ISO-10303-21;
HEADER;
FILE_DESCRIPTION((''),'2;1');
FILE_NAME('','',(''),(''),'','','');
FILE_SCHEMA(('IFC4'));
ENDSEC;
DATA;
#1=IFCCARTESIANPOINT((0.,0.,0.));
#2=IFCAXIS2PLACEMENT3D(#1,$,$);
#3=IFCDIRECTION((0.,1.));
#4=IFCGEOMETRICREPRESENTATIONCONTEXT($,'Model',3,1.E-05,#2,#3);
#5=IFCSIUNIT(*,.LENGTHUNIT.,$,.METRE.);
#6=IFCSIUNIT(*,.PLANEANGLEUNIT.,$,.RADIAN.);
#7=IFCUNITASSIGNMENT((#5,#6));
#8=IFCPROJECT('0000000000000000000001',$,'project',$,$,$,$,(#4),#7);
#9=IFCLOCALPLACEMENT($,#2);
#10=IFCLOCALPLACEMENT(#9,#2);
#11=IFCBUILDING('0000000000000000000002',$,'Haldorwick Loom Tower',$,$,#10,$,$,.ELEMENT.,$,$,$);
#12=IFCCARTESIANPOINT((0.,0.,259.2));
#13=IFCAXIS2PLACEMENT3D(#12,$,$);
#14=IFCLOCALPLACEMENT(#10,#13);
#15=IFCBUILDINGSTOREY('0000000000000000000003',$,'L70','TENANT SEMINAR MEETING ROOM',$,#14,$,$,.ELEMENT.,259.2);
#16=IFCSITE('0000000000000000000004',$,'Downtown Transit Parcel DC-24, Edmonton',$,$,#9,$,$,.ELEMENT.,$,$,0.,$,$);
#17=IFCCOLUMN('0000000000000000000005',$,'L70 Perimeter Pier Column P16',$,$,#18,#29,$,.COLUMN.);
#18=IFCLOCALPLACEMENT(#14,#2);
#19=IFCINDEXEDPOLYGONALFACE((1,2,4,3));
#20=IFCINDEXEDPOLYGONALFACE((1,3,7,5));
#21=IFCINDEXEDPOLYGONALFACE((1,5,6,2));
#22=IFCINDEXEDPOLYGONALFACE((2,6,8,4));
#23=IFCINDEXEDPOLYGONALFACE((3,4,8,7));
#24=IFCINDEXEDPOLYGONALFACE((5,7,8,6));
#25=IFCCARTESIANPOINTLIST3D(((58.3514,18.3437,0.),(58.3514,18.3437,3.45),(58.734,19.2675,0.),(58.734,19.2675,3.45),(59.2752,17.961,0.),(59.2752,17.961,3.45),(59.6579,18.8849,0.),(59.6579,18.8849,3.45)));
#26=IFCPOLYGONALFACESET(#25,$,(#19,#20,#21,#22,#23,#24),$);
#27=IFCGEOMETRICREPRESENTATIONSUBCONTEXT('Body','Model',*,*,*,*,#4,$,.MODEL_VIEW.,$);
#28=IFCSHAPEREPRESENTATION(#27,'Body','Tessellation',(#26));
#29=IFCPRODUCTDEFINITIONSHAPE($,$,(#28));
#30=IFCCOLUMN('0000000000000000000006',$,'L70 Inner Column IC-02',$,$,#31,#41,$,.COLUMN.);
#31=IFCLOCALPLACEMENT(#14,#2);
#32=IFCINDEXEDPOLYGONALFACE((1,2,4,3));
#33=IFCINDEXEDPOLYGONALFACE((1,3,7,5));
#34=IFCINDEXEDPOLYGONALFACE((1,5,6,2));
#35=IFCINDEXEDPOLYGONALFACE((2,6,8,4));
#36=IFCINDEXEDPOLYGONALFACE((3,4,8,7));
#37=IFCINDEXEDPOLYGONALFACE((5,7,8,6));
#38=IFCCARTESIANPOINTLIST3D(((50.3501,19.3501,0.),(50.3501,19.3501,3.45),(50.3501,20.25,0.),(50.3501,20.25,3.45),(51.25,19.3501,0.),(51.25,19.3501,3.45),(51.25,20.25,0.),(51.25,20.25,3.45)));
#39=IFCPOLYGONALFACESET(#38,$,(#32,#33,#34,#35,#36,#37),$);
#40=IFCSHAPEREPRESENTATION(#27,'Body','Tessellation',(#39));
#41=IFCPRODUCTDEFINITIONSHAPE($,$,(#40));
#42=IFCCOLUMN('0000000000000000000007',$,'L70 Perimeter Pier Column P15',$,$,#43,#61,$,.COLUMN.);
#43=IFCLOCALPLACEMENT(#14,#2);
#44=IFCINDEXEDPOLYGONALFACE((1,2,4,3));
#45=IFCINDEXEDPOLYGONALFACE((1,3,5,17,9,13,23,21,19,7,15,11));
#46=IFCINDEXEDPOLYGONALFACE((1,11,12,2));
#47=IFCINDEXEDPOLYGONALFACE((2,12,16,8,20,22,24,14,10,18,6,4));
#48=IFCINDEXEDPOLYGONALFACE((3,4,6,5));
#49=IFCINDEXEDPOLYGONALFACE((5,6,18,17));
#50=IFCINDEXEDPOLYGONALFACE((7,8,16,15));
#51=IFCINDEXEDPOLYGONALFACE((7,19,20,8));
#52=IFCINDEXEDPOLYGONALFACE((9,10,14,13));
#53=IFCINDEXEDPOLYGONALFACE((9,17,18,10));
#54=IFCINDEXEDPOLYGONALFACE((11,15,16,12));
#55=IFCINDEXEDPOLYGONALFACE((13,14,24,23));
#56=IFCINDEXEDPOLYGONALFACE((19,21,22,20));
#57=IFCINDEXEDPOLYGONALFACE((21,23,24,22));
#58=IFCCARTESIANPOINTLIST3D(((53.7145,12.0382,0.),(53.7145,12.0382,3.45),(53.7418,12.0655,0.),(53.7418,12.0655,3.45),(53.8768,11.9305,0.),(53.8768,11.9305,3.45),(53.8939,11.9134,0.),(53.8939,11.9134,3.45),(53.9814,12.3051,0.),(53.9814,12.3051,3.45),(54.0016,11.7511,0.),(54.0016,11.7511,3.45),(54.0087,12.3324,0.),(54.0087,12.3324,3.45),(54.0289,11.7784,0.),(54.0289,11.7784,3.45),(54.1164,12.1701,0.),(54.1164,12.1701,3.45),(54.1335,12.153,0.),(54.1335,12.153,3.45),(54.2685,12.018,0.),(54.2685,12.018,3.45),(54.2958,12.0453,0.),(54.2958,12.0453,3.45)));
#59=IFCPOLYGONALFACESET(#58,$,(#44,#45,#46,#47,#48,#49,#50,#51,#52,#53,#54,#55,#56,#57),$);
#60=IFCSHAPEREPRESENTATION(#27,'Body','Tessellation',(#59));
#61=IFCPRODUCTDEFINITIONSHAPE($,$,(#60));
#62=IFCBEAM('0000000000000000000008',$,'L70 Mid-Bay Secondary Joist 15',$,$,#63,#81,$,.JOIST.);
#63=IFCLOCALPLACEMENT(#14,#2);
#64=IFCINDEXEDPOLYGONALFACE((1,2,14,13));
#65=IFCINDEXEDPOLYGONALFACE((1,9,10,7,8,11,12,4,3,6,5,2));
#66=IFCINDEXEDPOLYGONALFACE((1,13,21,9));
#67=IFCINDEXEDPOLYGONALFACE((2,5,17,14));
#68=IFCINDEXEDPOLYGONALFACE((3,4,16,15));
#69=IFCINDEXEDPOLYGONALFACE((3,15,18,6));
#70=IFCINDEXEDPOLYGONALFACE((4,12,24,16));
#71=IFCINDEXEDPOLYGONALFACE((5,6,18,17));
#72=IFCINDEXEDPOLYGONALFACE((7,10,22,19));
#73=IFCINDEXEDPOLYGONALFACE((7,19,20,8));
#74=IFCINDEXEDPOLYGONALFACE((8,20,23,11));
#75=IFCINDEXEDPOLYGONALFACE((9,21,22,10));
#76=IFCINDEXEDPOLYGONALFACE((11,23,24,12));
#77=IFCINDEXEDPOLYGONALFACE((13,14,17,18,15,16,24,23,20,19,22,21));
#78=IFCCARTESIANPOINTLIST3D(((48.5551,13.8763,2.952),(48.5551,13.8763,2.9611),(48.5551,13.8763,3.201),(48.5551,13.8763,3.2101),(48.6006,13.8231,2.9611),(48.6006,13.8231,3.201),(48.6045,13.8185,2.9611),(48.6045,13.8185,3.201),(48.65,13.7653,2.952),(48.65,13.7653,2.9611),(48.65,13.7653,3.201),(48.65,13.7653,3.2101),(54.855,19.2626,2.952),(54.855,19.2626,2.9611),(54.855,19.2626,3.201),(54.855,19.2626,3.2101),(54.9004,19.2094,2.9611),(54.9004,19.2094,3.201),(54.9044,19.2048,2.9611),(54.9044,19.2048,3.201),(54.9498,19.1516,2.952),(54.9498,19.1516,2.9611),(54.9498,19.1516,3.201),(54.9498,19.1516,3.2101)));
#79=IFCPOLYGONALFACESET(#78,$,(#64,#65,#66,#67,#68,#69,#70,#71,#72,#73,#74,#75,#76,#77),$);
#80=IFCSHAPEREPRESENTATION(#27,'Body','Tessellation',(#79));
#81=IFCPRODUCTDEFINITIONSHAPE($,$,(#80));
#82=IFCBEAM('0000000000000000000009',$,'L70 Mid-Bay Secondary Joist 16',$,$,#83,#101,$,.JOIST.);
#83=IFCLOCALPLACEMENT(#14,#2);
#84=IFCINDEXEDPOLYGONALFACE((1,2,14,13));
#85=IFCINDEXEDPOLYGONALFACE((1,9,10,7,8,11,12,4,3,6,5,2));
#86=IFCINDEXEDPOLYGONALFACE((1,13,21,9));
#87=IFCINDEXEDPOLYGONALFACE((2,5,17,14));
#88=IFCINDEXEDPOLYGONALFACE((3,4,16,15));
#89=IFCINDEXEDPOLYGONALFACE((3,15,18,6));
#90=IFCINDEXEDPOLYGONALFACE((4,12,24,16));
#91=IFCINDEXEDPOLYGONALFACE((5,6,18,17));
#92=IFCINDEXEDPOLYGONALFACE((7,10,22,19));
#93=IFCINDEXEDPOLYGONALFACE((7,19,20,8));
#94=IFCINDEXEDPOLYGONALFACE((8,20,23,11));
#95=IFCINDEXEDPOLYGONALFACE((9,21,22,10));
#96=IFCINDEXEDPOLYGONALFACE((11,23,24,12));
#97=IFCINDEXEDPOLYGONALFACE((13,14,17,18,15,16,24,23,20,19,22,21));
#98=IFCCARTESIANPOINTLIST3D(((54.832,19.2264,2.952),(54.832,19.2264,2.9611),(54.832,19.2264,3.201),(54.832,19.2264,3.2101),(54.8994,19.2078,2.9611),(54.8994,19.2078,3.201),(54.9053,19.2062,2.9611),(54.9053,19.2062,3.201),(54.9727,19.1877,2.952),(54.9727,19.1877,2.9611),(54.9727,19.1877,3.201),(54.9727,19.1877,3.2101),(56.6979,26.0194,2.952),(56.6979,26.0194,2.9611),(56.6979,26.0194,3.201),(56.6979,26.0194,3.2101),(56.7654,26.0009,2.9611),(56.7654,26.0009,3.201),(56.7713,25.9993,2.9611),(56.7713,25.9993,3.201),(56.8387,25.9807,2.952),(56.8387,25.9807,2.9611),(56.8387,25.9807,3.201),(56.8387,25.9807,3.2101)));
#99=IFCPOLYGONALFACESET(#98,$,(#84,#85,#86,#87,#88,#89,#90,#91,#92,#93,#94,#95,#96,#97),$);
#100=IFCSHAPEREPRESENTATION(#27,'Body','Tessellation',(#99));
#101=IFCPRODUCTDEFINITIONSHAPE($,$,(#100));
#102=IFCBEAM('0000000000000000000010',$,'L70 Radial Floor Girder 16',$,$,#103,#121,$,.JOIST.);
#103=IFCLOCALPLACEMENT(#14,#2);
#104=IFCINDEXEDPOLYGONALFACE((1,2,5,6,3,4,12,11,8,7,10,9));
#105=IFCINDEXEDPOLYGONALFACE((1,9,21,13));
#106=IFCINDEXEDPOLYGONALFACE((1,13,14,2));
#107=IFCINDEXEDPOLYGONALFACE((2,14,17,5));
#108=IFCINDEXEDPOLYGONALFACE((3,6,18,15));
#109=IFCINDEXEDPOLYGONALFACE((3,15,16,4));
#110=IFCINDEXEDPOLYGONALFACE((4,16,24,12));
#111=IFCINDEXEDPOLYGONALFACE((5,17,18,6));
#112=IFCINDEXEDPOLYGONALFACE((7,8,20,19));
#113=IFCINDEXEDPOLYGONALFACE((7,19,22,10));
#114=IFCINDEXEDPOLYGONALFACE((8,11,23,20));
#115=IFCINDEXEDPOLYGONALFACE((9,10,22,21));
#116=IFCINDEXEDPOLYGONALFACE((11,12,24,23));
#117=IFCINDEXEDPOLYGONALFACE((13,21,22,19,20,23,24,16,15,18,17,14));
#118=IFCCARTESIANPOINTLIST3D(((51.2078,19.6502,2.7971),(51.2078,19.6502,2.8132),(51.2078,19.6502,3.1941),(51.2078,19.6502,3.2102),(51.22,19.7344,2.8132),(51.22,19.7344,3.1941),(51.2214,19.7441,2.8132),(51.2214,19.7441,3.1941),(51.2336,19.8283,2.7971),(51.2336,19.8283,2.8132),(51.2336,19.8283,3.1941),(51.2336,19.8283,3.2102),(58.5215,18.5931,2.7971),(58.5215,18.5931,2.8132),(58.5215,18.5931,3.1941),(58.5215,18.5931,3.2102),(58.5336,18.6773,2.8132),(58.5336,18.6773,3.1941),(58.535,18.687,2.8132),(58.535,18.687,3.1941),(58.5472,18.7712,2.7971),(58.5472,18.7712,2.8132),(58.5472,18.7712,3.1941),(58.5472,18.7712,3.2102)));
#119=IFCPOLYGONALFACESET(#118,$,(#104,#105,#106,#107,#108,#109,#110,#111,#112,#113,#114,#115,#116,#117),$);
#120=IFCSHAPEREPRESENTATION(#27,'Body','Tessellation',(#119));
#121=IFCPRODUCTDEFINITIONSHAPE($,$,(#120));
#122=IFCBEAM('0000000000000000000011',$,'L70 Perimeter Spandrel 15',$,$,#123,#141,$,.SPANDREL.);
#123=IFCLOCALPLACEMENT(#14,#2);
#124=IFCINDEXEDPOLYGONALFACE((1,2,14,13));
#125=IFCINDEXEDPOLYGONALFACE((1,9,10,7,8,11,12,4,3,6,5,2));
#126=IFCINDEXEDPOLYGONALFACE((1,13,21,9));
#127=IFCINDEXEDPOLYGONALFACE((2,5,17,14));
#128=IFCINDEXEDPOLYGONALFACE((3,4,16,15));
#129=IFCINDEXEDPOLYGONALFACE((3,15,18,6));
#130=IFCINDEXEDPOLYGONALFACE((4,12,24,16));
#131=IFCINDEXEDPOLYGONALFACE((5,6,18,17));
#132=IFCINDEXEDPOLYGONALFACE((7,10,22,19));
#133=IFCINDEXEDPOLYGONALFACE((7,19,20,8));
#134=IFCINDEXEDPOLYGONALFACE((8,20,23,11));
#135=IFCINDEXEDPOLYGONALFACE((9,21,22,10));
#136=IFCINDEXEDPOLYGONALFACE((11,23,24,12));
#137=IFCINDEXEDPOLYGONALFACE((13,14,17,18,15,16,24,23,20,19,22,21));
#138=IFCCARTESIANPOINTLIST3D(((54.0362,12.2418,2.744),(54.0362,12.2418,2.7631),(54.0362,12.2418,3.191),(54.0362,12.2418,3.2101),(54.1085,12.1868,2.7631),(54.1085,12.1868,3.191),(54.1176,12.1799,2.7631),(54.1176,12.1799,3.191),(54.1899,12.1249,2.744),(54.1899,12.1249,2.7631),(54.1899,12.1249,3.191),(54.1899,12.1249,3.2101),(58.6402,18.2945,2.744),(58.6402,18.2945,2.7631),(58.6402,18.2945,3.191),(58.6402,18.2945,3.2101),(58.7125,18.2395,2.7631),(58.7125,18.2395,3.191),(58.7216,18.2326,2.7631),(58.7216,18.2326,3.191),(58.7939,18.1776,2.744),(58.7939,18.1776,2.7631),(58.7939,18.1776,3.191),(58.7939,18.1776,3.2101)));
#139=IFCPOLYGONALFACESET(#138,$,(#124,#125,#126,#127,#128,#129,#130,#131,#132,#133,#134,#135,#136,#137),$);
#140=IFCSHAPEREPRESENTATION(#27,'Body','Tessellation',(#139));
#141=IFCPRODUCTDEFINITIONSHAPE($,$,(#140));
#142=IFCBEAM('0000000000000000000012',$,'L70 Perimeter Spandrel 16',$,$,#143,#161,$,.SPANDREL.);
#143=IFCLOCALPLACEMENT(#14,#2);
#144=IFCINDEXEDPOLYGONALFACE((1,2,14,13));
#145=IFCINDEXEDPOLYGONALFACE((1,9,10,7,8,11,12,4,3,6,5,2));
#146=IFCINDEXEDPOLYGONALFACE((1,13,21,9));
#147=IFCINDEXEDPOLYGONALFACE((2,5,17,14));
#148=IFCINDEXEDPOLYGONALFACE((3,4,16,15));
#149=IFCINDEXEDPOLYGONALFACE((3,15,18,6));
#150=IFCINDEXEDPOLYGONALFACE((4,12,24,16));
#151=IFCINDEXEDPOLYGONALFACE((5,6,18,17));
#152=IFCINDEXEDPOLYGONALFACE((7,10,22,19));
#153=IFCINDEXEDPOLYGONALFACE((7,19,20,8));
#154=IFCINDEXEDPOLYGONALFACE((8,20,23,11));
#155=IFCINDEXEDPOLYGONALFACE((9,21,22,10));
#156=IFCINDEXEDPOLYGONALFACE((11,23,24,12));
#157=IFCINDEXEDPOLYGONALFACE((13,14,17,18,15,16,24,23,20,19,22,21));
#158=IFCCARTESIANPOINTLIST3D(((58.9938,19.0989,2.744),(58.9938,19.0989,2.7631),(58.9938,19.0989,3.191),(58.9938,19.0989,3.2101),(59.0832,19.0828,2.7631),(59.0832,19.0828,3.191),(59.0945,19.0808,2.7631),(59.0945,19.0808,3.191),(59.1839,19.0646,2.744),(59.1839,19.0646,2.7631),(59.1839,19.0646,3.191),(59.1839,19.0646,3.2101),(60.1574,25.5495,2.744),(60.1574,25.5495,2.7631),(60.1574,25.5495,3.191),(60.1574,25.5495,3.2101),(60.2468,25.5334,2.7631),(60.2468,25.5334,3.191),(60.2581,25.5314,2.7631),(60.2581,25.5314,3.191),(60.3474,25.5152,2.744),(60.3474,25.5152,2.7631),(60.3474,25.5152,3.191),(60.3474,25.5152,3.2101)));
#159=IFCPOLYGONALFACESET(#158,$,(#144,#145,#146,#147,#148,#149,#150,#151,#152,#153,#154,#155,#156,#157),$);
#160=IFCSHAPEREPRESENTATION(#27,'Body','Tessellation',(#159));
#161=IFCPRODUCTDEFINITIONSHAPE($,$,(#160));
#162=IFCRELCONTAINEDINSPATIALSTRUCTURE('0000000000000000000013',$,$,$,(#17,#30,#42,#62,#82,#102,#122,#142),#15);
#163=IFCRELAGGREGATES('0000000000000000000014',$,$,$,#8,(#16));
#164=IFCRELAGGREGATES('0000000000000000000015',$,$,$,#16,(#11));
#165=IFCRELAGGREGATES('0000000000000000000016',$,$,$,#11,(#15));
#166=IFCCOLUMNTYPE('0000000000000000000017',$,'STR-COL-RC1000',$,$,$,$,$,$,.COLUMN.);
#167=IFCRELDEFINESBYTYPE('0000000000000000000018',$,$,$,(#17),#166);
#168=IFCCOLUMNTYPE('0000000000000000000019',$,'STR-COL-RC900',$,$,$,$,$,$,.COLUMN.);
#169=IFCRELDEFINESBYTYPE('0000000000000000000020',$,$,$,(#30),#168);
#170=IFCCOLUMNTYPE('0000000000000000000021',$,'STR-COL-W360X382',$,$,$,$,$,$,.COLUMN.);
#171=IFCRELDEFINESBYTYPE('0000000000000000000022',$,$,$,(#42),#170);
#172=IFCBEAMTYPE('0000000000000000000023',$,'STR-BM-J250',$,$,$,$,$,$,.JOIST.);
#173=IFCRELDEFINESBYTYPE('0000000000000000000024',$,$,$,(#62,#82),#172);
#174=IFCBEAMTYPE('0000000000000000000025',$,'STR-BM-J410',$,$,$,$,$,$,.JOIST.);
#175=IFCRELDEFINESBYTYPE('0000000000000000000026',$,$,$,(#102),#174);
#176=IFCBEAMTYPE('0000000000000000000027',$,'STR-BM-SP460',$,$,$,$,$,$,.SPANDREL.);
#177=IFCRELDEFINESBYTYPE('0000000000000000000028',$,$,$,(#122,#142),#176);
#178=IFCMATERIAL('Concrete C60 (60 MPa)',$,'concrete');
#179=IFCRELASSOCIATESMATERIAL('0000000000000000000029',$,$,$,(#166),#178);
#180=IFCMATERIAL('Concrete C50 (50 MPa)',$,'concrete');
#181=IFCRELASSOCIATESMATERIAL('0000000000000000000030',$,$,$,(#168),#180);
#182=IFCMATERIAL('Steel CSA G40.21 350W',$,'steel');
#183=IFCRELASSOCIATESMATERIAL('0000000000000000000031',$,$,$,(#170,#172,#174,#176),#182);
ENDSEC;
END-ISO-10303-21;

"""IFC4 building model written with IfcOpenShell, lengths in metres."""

from ifc_helpers import new_model, si_unit, direction, frame, origin, origin_2d, place, context, subcontext, project, spatial, rectangle, i_section, extrude, material, material_profile, profile_set, type_object, element, save


model = new_model("IFC4")

# Units and contexts
model_context = context("Model", 3, precision=1e-05, world=origin(), true_north=direction((0.0, 1.0)))
body_context = subcontext(model_context, "Body", "Model", "MODEL_VIEW")
ifc_project = project(units=[si_unit("LENGTHUNIT", "METRE"), si_unit("PLANEANGLEUNIT", "RADIAN")], contexts=[model_context])

# Site, building, storey
site_placement = place(None, origin())
site = spatial("IfcSite", under=ifc_project, at=site_placement, Name="Downtown Transit Parcel DC-24, Edmonton", CompositionType="ELEMENT", RefElevation=0.0)
building_placement = place(site_placement, origin())
building = spatial("IfcBuilding", under=site, at=building_placement, Name="Haldorwick Loom Tower", CompositionType="ELEMENT")
storey_placement = place(building_placement, frame((0.0, 0.0, 259.2)))
storey = spatial("IfcBuildingStorey", under=building, at=storey_placement, Name="L70", Description="TENANT SEMINAR MEETING ROOM", CompositionType="ELEMENT", Elevation=259.2)

# Columns
ifc_material_1 = material(Name="Concrete C60 (60 MPa)", Category="concrete")
ifc_material_profile_1 = material_profile(ifc_material_1, rectangle(XDim=1.0, YDim=1.0, at=origin_2d()), Name="RC1000X1000", Category="concrete")
ifc_profile_set_1 = profile_set([ifc_material_profile_1], Name="Concrete C60 (60 MPa)")
column_type_1 = type_object("IfcColumnType", Name="STR-COL-RC1000", PredefinedType="COLUMN", material=ifc_profile_set_1)
column_1_placement = place(storey_placement, frame((59.0046, 18.6143, 0.0), z_axis=(0.0, 0.0, 1.0), x_axis=(0.92388, -0.382683, 0.0)))
element("IfcColumn", 1, at=column_1_placement, inside=storey, type_object=column_type_1, Name="L70 Perimeter Pier Column P16", PredefinedType="COLUMN", context=body_context, shape_type="SweptSolid", body=[
    extrude(rectangle(XDim=1.0, YDim=1.0, at=origin_2d()), origin(), (0.0, 0.0, 1.0), 3.45),
])
ifc_material_2 = material(Name="Concrete C50 (50 MPa)", Category="concrete")
ifc_material_profile_2 = material_profile(ifc_material_2, rectangle(XDim=0.8999, YDim=0.8999, at=origin_2d()), Name="RC900X900", Category="concrete")
ifc_profile_set_2 = profile_set([ifc_material_profile_2], Name="Concrete C50 (50 MPa)")
column_type_2 = type_object("IfcColumnType", Name="STR-COL-RC900", PredefinedType="COLUMN", material=ifc_profile_set_2)
column_2_placement = place(storey_placement, frame((50.8, 19.8, 0.0), z_axis=(0.0, 0.0, 1.0), x_axis=(1.0, 0.0, 0.0)))
element("IfcColumn", 2, at=column_2_placement, inside=storey, type_object=column_type_2, Name="L70 Inner Column IC-02", PredefinedType="COLUMN", context=body_context, shape_type="SweptSolid", body=[
    extrude(rectangle(XDim=0.8999, YDim=0.8999, at=origin_2d()), origin(), (0.0, 0.0, 1.0), 3.45),
])
ifc_material_3 = material(Name="Steel CSA G40.21 350W", Category="steel")
ifc_material_profile_3 = material_profile(ifc_material_3, i_section(OverallWidth=0.406, OverallDepth=0.416, WebThickness=0.0242, FlangeThickness=0.0386, at=origin_2d()), Name="W360X382", Category="steel")
ifc_profile_set_3 = profile_set([ifc_material_profile_3], Name="Steel CSA G40.21 350W")
column_type_3 = type_object("IfcColumnType", Name="STR-COL-W360X382", PredefinedType="COLUMN", material=ifc_profile_set_3)
column_3_placement = place(storey_placement, frame((54.0051, 12.0417, 0.0), z_axis=(0.0, 0.0, 1.0), x_axis=(0.707107, -0.707107, 0.0)))
element("IfcColumn", 3, at=column_3_placement, inside=storey, type_object=column_type_3, Name="L70 Perimeter Pier Column P15", PredefinedType="COLUMN", context=body_context, shape_type="SweptSolid", body=[
    extrude(i_section(OverallWidth=0.406, OverallDepth=0.416, WebThickness=0.0242, FlangeThickness=0.0386, at=origin_2d()), origin(), (0.0, 0.0, 1.0), 3.45),
])

# Beams
ifc_material_profile_4 = material_profile(ifc_material_3, i_section(OverallWidth=0.146, OverallDepth=0.2581, WebThickness=0.0061, FlangeThickness=0.009, at=origin_2d()), Name="W250X33", Category="steel")
ifc_profile_set_4 = profile_set([ifc_material_profile_4], Name="Steel CSA G40.21 350W")
beam_type_1 = type_object("IfcBeamType", Name="STR-BM-J250", PredefinedType="JOIST", material=ifc_profile_set_4)
beam_1_placement = place(storey_placement, frame((48.6025, 13.8208, 3.0811), z_axis=(0.760067, 0.649845, 0.0), x_axis=(-0.649845, 0.760067, 0.0)))
element("IfcBeam", 4, at=beam_1_placement, inside=storey, type_object=beam_type_1, Name="L70 Mid-Bay Secondary Joist 15", PredefinedType="JOIST", context=body_context, shape_type="SweptSolid", body=[
    extrude(i_section(OverallWidth=0.146, OverallDepth=0.2581, WebThickness=0.0061, FlangeThickness=0.009, at=origin_2d()), origin(), (0.0, 0.0, 1.0), 8.2886),
])
beam_2_placement = place(storey_placement, frame((54.9023, 19.207, 3.0811), z_axis=(0.264879, 0.964282, 0.0), x_axis=(-0.964282, 0.264879, 0.0)))
element("IfcBeam", 5, at=beam_2_placement, inside=storey, type_object=beam_type_1, Name="L70 Mid-Bay Secondary Joist 16", PredefinedType="JOIST", context=body_context, shape_type="SweptSolid", body=[
    extrude(i_section(OverallWidth=0.146, OverallDepth=0.2581, WebThickness=0.0061, FlangeThickness=0.009, at=origin_2d()), origin(), (0.0, 0.0, 1.0), 7.0447),
])
ifc_material_profile_5 = material_profile(ifc_material_3, i_section(OverallWidth=0.1799, OverallDepth=0.4131, WebThickness=0.0098, FlangeThickness=0.0161, at=origin_2d()), Name="W410X74", Category="steel")
ifc_profile_set_5 = profile_set([ifc_material_profile_5], Name="Steel CSA G40.21 350W")
beam_type_2 = type_object("IfcBeamType", Name="STR-BM-J410", PredefinedType="JOIST", material=ifc_profile_set_5)
beam_3_placement = place(storey_placement, frame((51.2207, 19.7393, 3.0037), z_axis=(0.989715, -0.143054, 0.0), x_axis=(0.143054, 0.989715, 0.0)))
element("IfcBeam", 6, at=beam_3_placement, inside=storey, type_object=beam_type_2, Name="L70 Radial Floor Girder 16", PredefinedType="JOIST", context=body_context, shape_type="SweptSolid", body=[
    extrude(i_section(OverallWidth=0.1799, OverallDepth=0.4131, WebThickness=0.0098, FlangeThickness=0.0161, at=origin_2d()), origin(), (0.0, 0.0, 1.0), 7.3896),
])
ifc_material_profile_6 = material_profile(ifc_material_3, i_section(OverallWidth=0.1931, OverallDepth=0.4661, WebThickness=0.0115, FlangeThickness=0.019, at=origin_2d()), Name="W460X97", Category="steel")
ifc_profile_set_6 = profile_set([ifc_material_profile_6], Name="Steel CSA G40.21 350W")
beam_type_3 = type_object("IfcBeamType", Name="STR-BM-SP460", PredefinedType="SPANDREL", material=ifc_profile_set_6)
beam_4_placement = place(storey_placement, frame((54.113, 12.1833, 2.9771), z_axis=(0.60541, 0.795913, 0.0), x_axis=(-0.795913, 0.60541, 0.0)))
element("IfcBeam", 7, at=beam_4_placement, inside=storey, type_object=beam_type_3, Name="L70 Perimeter Spandrel 15", PredefinedType="SPANDREL", context=body_context, shape_type="SweptSolid", body=[
    extrude(i_section(OverallWidth=0.1931, OverallDepth=0.4661, WebThickness=0.0115, FlangeThickness=0.019, at=origin_2d()), origin(), (0.0, 0.0, 1.0), 7.6047),
])
beam_5_placement = place(storey_placement, frame((59.0889, 19.0818, 2.9771), z_axis=(0.177515, 0.984118, 0.0), x_axis=(-0.984118, 0.177515, 0.0)))
element("IfcBeam", 8, at=beam_5_placement, inside=storey, type_object=beam_type_3, Name="L70 Perimeter Spandrel 16", PredefinedType="SPANDREL", context=body_context, shape_type="SweptSolid", body=[
    extrude(i_section(OverallWidth=0.1931, OverallDepth=0.4661, WebThickness=0.0115, FlangeThickness=0.019, at=origin_2d()), origin(), (0.0, 0.0, 1.0), 6.5547),
])

save(model, "model.ifc")
